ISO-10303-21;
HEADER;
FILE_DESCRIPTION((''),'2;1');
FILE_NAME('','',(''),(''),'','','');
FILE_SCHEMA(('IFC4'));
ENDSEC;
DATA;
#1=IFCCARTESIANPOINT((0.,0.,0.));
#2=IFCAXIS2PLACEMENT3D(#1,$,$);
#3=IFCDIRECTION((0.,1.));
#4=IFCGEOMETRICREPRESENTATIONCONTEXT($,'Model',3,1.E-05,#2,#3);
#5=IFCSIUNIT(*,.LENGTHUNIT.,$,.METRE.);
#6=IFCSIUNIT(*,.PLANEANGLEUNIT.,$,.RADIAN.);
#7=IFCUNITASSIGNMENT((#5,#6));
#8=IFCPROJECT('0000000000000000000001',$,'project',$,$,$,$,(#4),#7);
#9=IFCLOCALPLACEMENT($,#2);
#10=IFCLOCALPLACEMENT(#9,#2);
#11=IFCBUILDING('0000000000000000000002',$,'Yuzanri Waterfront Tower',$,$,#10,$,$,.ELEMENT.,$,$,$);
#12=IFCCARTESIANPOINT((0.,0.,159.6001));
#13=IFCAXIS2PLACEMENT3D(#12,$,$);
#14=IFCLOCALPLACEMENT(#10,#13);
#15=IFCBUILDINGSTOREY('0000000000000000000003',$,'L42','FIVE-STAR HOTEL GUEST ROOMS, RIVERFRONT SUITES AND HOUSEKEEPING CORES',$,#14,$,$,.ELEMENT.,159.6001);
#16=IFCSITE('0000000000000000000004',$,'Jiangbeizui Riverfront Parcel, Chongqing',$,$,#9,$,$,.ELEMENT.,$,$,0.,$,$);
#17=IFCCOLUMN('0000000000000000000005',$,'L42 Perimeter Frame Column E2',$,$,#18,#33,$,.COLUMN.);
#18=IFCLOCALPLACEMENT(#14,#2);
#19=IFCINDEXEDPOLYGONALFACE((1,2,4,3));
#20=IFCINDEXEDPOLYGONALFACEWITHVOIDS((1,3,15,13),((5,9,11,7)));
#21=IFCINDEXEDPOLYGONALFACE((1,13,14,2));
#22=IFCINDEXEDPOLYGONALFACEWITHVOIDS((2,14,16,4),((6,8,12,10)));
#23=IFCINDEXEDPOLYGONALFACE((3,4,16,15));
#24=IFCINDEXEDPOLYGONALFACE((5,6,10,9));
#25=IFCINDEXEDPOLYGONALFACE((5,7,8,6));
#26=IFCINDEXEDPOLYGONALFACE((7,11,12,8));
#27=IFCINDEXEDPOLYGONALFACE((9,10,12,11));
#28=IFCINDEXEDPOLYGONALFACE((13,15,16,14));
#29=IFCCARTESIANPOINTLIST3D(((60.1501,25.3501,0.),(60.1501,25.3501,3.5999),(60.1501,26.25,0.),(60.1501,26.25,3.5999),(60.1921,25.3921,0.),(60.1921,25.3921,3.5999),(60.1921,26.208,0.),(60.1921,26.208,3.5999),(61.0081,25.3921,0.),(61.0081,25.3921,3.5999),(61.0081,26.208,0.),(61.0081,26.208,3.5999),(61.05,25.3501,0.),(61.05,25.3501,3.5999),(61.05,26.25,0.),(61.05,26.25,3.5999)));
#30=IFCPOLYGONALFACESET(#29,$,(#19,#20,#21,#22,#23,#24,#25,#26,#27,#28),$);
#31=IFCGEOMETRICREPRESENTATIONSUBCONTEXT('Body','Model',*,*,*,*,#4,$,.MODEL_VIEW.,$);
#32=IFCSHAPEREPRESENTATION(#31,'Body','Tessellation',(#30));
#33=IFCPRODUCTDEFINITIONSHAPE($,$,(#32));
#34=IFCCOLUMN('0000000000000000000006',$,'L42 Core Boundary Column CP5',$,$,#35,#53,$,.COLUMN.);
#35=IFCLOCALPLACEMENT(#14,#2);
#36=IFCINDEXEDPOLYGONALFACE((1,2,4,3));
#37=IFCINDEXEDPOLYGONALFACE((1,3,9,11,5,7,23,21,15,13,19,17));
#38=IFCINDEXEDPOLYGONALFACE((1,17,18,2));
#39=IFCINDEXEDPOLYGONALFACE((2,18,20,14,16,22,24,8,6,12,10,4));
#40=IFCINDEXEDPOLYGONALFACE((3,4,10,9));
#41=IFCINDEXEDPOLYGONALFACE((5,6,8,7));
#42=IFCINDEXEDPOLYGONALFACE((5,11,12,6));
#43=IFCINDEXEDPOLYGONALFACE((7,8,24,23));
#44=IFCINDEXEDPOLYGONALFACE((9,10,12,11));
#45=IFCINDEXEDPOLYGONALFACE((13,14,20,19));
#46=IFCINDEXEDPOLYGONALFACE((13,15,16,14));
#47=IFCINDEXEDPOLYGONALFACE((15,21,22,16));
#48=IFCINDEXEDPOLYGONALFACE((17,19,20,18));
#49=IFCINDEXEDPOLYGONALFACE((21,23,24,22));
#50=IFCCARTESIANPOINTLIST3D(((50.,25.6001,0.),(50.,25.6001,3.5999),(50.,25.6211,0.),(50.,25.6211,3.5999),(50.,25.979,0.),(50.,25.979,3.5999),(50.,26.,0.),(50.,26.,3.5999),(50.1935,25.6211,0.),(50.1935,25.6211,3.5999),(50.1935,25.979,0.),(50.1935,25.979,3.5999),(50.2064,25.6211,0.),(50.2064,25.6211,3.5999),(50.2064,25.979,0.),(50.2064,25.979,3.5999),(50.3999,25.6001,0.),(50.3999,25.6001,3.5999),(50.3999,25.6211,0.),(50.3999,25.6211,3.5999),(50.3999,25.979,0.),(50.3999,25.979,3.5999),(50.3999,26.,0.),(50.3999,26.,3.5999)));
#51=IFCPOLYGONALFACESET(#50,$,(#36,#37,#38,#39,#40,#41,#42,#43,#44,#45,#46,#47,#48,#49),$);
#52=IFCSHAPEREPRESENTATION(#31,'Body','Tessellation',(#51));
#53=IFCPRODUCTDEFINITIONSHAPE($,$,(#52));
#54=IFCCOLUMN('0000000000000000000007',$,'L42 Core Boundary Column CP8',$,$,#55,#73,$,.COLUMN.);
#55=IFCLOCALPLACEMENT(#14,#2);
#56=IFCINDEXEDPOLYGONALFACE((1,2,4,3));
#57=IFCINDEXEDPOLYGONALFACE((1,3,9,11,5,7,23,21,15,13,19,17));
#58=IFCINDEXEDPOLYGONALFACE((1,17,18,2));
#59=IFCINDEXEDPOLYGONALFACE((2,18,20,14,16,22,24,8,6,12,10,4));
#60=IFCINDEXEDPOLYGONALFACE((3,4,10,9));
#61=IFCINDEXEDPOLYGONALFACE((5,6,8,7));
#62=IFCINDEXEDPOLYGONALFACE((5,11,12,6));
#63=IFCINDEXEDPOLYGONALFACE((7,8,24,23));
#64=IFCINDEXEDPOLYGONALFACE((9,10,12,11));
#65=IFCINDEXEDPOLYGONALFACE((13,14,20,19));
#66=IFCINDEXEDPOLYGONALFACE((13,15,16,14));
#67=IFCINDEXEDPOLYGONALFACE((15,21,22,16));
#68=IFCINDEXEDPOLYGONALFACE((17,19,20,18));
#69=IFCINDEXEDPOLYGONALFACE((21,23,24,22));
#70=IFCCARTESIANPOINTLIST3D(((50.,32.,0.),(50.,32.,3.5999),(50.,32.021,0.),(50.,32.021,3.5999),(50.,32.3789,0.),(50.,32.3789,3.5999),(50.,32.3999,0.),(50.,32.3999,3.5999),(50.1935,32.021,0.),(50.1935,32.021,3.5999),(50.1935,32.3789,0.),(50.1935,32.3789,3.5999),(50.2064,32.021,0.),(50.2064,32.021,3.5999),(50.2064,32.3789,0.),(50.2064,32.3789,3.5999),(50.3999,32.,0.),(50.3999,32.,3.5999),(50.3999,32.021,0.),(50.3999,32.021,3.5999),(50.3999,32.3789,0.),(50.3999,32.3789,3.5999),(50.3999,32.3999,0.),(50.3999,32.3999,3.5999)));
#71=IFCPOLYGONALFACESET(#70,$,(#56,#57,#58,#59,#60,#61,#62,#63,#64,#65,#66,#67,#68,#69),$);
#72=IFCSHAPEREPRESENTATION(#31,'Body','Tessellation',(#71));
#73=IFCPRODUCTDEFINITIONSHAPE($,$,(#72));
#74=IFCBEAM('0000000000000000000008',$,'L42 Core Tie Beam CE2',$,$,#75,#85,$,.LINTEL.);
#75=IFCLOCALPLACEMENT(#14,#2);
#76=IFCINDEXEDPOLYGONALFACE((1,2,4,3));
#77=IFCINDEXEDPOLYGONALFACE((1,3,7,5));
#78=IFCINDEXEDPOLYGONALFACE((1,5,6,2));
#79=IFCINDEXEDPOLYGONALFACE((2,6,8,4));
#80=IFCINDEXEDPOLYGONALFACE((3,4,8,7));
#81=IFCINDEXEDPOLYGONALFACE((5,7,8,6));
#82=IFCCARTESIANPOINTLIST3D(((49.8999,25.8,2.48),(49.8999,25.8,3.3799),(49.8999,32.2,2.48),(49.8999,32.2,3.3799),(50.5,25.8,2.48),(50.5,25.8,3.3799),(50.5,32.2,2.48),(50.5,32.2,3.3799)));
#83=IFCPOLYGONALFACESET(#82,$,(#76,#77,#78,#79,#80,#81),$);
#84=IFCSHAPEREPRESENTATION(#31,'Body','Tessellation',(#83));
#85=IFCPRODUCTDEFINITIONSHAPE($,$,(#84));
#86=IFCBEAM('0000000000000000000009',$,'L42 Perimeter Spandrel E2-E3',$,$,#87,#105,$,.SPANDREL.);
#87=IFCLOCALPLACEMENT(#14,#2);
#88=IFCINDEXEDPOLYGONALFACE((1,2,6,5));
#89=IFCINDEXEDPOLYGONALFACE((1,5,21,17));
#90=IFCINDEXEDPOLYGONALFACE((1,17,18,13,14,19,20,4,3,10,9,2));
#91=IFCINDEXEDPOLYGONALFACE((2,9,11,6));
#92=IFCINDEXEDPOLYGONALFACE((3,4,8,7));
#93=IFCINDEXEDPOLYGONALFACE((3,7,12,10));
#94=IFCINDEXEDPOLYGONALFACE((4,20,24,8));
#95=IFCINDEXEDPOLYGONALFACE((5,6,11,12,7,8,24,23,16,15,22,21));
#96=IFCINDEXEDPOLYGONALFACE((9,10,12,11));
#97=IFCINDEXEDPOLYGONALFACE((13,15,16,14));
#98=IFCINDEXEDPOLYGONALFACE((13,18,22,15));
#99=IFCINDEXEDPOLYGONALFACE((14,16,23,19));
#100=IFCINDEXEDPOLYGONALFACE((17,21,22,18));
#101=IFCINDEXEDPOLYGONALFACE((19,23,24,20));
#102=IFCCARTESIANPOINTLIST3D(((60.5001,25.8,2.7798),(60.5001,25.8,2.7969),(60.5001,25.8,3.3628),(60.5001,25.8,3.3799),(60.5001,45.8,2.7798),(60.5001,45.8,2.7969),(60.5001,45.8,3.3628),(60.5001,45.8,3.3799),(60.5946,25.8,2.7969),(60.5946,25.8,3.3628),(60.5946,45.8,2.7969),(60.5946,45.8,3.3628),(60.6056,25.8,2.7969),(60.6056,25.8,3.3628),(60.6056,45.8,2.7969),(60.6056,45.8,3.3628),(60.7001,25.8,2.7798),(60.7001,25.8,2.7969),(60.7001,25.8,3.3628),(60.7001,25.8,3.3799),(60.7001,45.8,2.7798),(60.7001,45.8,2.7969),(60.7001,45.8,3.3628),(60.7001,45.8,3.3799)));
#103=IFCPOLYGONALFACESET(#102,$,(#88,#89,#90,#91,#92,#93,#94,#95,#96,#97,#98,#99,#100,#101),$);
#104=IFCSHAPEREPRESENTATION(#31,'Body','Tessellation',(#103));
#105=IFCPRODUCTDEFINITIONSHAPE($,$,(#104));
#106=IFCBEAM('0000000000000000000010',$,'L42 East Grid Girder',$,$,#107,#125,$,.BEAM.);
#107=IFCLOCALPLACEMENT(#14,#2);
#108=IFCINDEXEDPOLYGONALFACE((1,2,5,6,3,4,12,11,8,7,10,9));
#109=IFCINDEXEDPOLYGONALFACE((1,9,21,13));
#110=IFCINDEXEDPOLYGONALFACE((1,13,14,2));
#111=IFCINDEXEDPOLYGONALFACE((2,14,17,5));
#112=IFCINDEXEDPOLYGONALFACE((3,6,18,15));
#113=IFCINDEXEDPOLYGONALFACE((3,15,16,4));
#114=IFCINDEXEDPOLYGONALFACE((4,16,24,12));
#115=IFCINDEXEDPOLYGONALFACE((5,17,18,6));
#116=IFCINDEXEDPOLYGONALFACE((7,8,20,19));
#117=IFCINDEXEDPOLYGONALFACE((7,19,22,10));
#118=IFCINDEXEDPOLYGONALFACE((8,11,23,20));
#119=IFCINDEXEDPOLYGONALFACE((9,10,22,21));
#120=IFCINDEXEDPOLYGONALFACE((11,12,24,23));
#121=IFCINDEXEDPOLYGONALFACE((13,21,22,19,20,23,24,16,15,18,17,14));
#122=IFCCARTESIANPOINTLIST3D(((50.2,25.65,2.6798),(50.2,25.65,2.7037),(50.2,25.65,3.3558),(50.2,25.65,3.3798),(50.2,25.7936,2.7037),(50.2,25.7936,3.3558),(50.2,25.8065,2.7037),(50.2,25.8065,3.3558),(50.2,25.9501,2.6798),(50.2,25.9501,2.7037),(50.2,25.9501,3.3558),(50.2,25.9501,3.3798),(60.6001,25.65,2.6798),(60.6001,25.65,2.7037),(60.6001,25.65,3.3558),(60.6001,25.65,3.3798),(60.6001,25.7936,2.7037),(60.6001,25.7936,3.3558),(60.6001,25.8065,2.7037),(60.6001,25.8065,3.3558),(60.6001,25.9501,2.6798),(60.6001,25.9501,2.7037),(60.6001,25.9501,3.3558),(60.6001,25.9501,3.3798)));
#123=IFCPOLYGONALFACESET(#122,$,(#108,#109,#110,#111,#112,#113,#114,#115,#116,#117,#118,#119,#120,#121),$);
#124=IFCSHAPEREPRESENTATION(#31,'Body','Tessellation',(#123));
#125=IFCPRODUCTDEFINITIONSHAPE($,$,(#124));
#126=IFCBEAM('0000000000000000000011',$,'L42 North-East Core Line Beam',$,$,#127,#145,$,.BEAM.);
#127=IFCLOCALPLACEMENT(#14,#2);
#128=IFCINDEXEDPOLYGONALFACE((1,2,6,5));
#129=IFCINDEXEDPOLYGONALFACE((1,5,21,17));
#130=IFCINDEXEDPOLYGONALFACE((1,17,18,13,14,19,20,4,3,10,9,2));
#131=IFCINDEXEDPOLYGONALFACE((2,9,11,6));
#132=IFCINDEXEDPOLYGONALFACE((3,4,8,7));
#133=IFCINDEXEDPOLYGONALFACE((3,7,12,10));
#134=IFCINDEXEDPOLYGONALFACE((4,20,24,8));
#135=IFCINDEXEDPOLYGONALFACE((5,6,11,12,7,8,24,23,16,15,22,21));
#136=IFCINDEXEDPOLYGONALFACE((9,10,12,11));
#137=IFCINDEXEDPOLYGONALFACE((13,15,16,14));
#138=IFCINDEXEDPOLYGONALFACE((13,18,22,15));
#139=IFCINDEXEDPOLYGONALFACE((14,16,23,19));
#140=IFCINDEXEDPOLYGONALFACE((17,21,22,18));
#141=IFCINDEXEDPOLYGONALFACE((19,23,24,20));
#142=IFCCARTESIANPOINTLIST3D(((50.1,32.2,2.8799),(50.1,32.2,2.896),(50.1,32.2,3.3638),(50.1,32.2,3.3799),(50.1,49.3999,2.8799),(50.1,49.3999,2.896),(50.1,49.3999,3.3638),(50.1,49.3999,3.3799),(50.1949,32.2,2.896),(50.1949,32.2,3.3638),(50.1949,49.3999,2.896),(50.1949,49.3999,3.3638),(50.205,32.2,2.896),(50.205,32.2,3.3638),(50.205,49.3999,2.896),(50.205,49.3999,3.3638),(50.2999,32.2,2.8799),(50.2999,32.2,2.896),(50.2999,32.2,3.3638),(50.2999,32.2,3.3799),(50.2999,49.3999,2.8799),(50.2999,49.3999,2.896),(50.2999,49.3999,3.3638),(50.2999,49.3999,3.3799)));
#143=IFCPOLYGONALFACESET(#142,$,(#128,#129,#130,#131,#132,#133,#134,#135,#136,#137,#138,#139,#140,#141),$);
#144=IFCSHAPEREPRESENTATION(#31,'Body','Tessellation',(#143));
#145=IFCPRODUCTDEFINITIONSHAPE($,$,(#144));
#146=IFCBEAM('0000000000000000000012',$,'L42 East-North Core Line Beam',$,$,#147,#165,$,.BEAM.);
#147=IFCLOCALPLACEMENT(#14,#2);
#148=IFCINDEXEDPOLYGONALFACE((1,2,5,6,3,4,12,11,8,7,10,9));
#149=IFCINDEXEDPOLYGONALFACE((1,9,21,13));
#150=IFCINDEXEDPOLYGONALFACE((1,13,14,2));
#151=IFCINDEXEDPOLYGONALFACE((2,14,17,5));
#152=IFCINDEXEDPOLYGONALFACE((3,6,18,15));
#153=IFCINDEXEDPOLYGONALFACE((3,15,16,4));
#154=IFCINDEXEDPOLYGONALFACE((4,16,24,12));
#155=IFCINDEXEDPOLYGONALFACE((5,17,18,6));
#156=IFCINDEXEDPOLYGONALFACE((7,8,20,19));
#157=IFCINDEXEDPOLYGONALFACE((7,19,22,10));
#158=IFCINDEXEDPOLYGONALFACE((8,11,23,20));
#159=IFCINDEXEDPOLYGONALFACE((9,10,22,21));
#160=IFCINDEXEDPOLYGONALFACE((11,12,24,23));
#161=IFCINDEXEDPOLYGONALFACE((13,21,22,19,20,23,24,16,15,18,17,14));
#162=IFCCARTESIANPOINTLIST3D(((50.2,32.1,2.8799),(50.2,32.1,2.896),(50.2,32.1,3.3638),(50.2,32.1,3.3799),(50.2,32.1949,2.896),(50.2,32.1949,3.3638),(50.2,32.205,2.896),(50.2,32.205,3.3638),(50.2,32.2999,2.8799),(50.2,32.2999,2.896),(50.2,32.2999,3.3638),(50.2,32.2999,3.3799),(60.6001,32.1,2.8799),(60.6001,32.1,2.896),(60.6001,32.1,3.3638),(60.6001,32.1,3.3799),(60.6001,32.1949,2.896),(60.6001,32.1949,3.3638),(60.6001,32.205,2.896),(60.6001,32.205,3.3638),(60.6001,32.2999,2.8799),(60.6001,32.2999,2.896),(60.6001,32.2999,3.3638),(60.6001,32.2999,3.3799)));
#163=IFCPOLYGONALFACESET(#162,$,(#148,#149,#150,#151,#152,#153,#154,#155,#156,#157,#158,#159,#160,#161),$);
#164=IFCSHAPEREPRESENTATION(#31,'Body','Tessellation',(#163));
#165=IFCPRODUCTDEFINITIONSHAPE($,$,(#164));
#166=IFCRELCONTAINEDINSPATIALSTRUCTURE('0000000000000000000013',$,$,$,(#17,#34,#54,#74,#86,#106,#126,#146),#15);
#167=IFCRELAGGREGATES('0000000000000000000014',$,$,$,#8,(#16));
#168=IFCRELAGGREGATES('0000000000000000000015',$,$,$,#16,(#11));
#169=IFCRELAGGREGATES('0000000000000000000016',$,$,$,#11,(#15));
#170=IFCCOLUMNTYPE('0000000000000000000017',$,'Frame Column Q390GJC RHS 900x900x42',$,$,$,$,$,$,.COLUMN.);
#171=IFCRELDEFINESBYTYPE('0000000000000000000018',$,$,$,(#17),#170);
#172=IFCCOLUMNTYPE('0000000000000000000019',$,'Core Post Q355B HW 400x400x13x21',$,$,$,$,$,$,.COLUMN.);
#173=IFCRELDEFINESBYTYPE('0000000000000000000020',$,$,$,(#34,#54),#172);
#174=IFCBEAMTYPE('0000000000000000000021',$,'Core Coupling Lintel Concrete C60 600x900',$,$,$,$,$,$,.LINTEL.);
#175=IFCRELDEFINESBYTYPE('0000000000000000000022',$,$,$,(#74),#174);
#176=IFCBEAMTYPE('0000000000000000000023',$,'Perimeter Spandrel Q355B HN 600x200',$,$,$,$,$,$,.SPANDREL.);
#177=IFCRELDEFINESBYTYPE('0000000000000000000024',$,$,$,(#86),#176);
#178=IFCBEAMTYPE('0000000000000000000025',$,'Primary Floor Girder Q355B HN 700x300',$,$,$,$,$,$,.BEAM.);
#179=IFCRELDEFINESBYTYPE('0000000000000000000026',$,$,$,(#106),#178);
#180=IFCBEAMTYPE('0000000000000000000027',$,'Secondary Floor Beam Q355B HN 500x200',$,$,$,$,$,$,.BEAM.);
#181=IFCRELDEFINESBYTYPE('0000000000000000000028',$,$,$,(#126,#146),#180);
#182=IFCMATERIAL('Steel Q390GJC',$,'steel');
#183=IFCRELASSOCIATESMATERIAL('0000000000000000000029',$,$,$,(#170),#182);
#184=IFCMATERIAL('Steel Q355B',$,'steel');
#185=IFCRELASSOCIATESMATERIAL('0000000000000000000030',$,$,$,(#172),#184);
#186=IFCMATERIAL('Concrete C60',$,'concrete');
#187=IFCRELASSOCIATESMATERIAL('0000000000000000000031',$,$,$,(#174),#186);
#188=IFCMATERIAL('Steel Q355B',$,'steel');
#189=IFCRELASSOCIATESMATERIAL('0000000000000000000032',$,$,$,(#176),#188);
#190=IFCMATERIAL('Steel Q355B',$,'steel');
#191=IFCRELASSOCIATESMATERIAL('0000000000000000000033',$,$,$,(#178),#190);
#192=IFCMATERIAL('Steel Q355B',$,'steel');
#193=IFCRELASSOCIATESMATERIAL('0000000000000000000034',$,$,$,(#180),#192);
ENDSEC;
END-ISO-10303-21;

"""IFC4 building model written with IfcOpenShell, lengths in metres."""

from ifc_helpers import new_model, si_unit, direction, frame, origin, origin_2d, place, context, subcontext, project, spatial, rectangle, hollow_rectangle, i_section, extrude, source, transform, mapped, material, material_profile, profile_set, type_object, element, save


model = new_model("IFC4")

# Units and contexts
model_context = context("Model", 3, precision=1e-05, world=origin(), true_north=direction((0.0, 1.0)))
body_context = subcontext(model_context, "Body", "Model", "MODEL_VIEW")
ifc_project = project(units=[si_unit("LENGTHUNIT", "METRE"), si_unit("PLANEANGLEUNIT", "RADIAN")], contexts=[model_context])

# Site, building, storey
site_placement = place(None, origin())
site = spatial("IfcSite", under=ifc_project, at=site_placement, Name="Jiangbeizui Riverfront Parcel, Chongqing", CompositionType="ELEMENT", RefElevation=0.0)
building_placement = place(site_placement, origin())
building = spatial("IfcBuilding", under=site, at=building_placement, Name="Yuzanri Waterfront Tower", CompositionType="ELEMENT")
storey_placement = place(building_placement, frame((0.0, 0.0, 159.6001)))
storey = spatial("IfcBuildingStorey", under=building, at=storey_placement, Name="L42", Description="FIVE-STAR HOTEL GUEST ROOMS, RIVERFRONT SUITES AND HOUSEKEEPING CORES", CompositionType="ELEMENT", Elevation=159.6001)

# Columns
ifc_material_1 = material(Name="Steel Q390GJC", Category="steel")
ifc_material_profile_1 = material_profile(ifc_material_1, hollow_rectangle(XDim=0.8999, YDim=0.8999, WallThickness=0.042, at=origin_2d()), Name="RHS 900x900x42")
ifc_profile_set_1 = profile_set([ifc_material_profile_1], Name="Steel Q390GJC")
column_type_1 = type_object("IfcColumnType", Name="Frame Column Q390GJC RHS 900x900x42", PredefinedType="COLUMN", material=ifc_profile_set_1)
shared_shape_1 = source(origin(), body_context, "Body", "SweptSolid", [
    extrude(hollow_rectangle(XDim=0.8999, YDim=0.8999, WallThickness=0.042, at=origin_2d()), origin(), (0.0, 0.0, 1.0), 3.5999),
])
column_placement = place(storey_placement, frame((60.6001, 25.8, 0.0), z_axis=(0.0, 0.0, 1.0), x_axis=(1.0, 0.0, 0.0)))
element("IfcColumn", 1, at=column_placement, inside=storey, type_object=column_type_1, Name="L42 Perimeter Frame Column E2", PredefinedType="COLUMN", context=body_context, shape_type="MappedRepresentation", body=[
    mapped(shared_shape_1, transform((0.0, 0.0, 0.0), scale=1.0)),
])
ifc_material_2 = material(Name="Steel Q355B", Category="steel")
ifc_material_profile_2 = material_profile(ifc_material_2, i_section(OverallWidth=0.3999, OverallDepth=0.3999, WebThickness=0.0129, FlangeThickness=0.021, at=origin_2d()), Name="HW 400x400x13x21")
ifc_profile_set_2 = profile_set([ifc_material_profile_2], Name="Steel Q355B")
column_type_2 = type_object("IfcColumnType", Name="Core Post Q355B HW 400x400x13x21", PredefinedType="COLUMN", material=ifc_profile_set_2)
shared_shape_2 = source(origin(), body_context, "Body", "SweptSolid", [
    extrude(i_section(OverallWidth=0.3999, OverallDepth=0.3999, WebThickness=0.0129, FlangeThickness=0.021, at=origin_2d()), origin(), (0.0, 0.0, 1.0), 3.5999),
])
for number, where, z_axis, x_axis, name in (
    (2, (50.2, 25.8, 0.0), (0.0, 0.0, 1.0), (1.0, 0.0, 0.0), "L42 Core Boundary Column CP5"),
    (3, (50.2, 32.2, 0.0), (0.0, 0.0, 1.0), (1.0, 0.0, 0.0), "L42 Core Boundary Column CP8"),
):
    element("IfcColumn", number, at=place(storey_placement, frame(where, z_axis=z_axis, x_axis=x_axis)), inside=storey, type_object=column_type_2, Name=name, PredefinedType="COLUMN", context=body_context, shape_type="MappedRepresentation", body=[
        mapped(shared_shape_2, transform((0.0, 0.0, 0.0), scale=1.0)),
    ])

# Beams
ifc_material_3 = material(Name="Concrete C60", Category="concrete")
ifc_material_profile_3 = material_profile(ifc_material_3, rectangle(XDim=0.6001, YDim=0.8999, at=origin_2d()), Name="RC 600x900")
ifc_profile_set_3 = profile_set([ifc_material_profile_3], Name="Concrete C60")
beam_type_1 = type_object("IfcBeamType", Name="Core Coupling Lintel Concrete C60 600x900", PredefinedType="LINTEL", material=ifc_profile_set_3)
shared_shape_3 = source(origin(), body_context, "Body", "SweptSolid", [
    extrude(rectangle(XDim=0.6001, YDim=0.8999, at=origin_2d()), origin(), (0.0, 0.0, 1.0), 6.3999),
])
beam_1_placement = place(storey_placement, frame((50.2, 25.8, 2.9299), z_axis=(0.0, 1.0, 0.0), x_axis=(-1.0, 0.0, 0.0)))
element("IfcBeam", 4, at=beam_1_placement, inside=storey, type_object=beam_type_1, Name="L42 Core Tie Beam CE2", PredefinedType="LINTEL", context=body_context, shape_type="MappedRepresentation", body=[
    mapped(shared_shape_3, transform((0.0, 0.0, 0.0), scale=1.0)),
])
ifc_material_4 = material(Name="Steel Q355B", Category="steel")
ifc_material_profile_4 = material_profile(ifc_material_4, i_section(OverallWidth=0.2, OverallDepth=0.6001, WebThickness=0.011, FlangeThickness=0.0171, at=origin_2d()), Name="HN 600x200x11x17")
ifc_profile_set_4 = profile_set([ifc_material_profile_4], Name="Steel Q355B")
beam_type_2 = type_object("IfcBeamType", Name="Perimeter Spandrel Q355B HN 600x200", PredefinedType="SPANDREL", material=ifc_profile_set_4)
shared_shape_4 = source(origin(), body_context, "Body", "SweptSolid", [
    extrude(i_section(OverallWidth=0.2, OverallDepth=0.6001, WebThickness=0.011, FlangeThickness=0.0171, at=origin_2d()), origin(), (0.0, 0.0, 1.0), 20.0),
])
beam_2_placement = place(storey_placement, frame((60.6001, 25.8, 3.0798), z_axis=(0.0, 1.0, 0.0), x_axis=(-1.0, 0.0, 0.0)))
element("IfcBeam", 5, at=beam_2_placement, inside=storey, type_object=beam_type_2, Name="L42 Perimeter Spandrel E2-E3", PredefinedType="SPANDREL", context=body_context, shape_type="MappedRepresentation", body=[
    mapped(shared_shape_4, transform((0.0, 0.0, 0.0), scale=1.0)),
])
ifc_material_5 = material(Name="Steel Q355B", Category="steel")
ifc_material_profile_5 = material_profile(ifc_material_5, i_section(OverallWidth=0.3, OverallDepth=0.7, WebThickness=0.0129, FlangeThickness=0.0239, at=origin_2d()), Name="HN 700x300x13x24")
ifc_profile_set_5 = profile_set([ifc_material_profile_5], Name="Steel Q355B")
beam_type_3 = type_object("IfcBeamType", Name="Primary Floor Girder Q355B HN 700x300", PredefinedType="BEAM", material=ifc_profile_set_5)
shared_shape_5 = source(origin(), body_context, "Body", "SweptSolid", [
    extrude(i_section(OverallWidth=0.3, OverallDepth=0.7, WebThickness=0.0129, FlangeThickness=0.0239, at=origin_2d()), origin(), (0.0, 0.0, 1.0), 10.4001),
])
beam_3_placement = place(storey_placement, frame((50.2, 25.8, 3.0298), z_axis=(1.0, 0.0, 0.0), x_axis=(0.0, 1.0, 0.0)))
element("IfcBeam", 6, at=beam_3_placement, inside=storey, type_object=beam_type_3, Name="L42 East Grid Girder", PredefinedType="BEAM", context=body_context, shape_type="MappedRepresentation", body=[
    mapped(shared_shape_5, transform((0.0, 0.0, 0.0), scale=1.0)),
])
ifc_material_6 = material(Name="Steel Q355B", Category="steel")
ifc_material_profile_6 = material_profile(ifc_material_6, i_section(OverallWidth=0.2, OverallDepth=0.5, WebThickness=0.01, FlangeThickness=0.0161, at=origin_2d()), Name="HN 500x200x10x16")
ifc_profile_set_6 = profile_set([ifc_material_profile_6], Name="Steel Q355B")
beam_type_4 = type_object("IfcBeamType", Name="Secondary Floor Beam Q355B HN 500x200", PredefinedType="BEAM", material=ifc_profile_set_6)
shared_shape_6 = source(origin(), body_context, "Body", "SweptSolid", [
    extrude(i_section(OverallWidth=0.2, OverallDepth=0.5, WebThickness=0.01, FlangeThickness=0.0161, at=origin_2d()), origin(), (0.0, 0.0, 1.0), 17.2),
])
beam_4_placement = place(storey_placement, frame((50.2, 32.2, 3.1299), z_axis=(0.0, 1.0, 0.0), x_axis=(-1.0, 0.0, 0.0)))
element("IfcBeam", 7, at=beam_4_placement, inside=storey, type_object=beam_type_4, Name="L42 North-East Core Line Beam", PredefinedType="BEAM", context=body_context, shape_type="MappedRepresentation", body=[
    mapped(shared_shape_6, transform((0.0, 0.0, 0.0), scale=1.0)),
])
shared_shape_7 = source(origin(), body_context, "Body", "SweptSolid", [
    extrude(i_section(OverallWidth=0.2, OverallDepth=0.5, WebThickness=0.01, FlangeThickness=0.0161, at=origin_2d()), origin(), (0.0, 0.0, 1.0), 10.4001),
])
beam_5_placement = place(storey_placement, frame((50.2, 32.2, 3.1299), z_axis=(1.0, 0.0, 0.0), x_axis=(0.0, 1.0, 0.0)))
element("IfcBeam", 8, at=beam_5_placement, inside=storey, type_object=beam_type_4, Name="L42 East-North Core Line Beam", PredefinedType="BEAM", context=body_context, shape_type="MappedRepresentation", body=[
    mapped(shared_shape_7, transform((0.0, 0.0, 0.0), scale=1.0)),
])

save(model, "model.ifc")
